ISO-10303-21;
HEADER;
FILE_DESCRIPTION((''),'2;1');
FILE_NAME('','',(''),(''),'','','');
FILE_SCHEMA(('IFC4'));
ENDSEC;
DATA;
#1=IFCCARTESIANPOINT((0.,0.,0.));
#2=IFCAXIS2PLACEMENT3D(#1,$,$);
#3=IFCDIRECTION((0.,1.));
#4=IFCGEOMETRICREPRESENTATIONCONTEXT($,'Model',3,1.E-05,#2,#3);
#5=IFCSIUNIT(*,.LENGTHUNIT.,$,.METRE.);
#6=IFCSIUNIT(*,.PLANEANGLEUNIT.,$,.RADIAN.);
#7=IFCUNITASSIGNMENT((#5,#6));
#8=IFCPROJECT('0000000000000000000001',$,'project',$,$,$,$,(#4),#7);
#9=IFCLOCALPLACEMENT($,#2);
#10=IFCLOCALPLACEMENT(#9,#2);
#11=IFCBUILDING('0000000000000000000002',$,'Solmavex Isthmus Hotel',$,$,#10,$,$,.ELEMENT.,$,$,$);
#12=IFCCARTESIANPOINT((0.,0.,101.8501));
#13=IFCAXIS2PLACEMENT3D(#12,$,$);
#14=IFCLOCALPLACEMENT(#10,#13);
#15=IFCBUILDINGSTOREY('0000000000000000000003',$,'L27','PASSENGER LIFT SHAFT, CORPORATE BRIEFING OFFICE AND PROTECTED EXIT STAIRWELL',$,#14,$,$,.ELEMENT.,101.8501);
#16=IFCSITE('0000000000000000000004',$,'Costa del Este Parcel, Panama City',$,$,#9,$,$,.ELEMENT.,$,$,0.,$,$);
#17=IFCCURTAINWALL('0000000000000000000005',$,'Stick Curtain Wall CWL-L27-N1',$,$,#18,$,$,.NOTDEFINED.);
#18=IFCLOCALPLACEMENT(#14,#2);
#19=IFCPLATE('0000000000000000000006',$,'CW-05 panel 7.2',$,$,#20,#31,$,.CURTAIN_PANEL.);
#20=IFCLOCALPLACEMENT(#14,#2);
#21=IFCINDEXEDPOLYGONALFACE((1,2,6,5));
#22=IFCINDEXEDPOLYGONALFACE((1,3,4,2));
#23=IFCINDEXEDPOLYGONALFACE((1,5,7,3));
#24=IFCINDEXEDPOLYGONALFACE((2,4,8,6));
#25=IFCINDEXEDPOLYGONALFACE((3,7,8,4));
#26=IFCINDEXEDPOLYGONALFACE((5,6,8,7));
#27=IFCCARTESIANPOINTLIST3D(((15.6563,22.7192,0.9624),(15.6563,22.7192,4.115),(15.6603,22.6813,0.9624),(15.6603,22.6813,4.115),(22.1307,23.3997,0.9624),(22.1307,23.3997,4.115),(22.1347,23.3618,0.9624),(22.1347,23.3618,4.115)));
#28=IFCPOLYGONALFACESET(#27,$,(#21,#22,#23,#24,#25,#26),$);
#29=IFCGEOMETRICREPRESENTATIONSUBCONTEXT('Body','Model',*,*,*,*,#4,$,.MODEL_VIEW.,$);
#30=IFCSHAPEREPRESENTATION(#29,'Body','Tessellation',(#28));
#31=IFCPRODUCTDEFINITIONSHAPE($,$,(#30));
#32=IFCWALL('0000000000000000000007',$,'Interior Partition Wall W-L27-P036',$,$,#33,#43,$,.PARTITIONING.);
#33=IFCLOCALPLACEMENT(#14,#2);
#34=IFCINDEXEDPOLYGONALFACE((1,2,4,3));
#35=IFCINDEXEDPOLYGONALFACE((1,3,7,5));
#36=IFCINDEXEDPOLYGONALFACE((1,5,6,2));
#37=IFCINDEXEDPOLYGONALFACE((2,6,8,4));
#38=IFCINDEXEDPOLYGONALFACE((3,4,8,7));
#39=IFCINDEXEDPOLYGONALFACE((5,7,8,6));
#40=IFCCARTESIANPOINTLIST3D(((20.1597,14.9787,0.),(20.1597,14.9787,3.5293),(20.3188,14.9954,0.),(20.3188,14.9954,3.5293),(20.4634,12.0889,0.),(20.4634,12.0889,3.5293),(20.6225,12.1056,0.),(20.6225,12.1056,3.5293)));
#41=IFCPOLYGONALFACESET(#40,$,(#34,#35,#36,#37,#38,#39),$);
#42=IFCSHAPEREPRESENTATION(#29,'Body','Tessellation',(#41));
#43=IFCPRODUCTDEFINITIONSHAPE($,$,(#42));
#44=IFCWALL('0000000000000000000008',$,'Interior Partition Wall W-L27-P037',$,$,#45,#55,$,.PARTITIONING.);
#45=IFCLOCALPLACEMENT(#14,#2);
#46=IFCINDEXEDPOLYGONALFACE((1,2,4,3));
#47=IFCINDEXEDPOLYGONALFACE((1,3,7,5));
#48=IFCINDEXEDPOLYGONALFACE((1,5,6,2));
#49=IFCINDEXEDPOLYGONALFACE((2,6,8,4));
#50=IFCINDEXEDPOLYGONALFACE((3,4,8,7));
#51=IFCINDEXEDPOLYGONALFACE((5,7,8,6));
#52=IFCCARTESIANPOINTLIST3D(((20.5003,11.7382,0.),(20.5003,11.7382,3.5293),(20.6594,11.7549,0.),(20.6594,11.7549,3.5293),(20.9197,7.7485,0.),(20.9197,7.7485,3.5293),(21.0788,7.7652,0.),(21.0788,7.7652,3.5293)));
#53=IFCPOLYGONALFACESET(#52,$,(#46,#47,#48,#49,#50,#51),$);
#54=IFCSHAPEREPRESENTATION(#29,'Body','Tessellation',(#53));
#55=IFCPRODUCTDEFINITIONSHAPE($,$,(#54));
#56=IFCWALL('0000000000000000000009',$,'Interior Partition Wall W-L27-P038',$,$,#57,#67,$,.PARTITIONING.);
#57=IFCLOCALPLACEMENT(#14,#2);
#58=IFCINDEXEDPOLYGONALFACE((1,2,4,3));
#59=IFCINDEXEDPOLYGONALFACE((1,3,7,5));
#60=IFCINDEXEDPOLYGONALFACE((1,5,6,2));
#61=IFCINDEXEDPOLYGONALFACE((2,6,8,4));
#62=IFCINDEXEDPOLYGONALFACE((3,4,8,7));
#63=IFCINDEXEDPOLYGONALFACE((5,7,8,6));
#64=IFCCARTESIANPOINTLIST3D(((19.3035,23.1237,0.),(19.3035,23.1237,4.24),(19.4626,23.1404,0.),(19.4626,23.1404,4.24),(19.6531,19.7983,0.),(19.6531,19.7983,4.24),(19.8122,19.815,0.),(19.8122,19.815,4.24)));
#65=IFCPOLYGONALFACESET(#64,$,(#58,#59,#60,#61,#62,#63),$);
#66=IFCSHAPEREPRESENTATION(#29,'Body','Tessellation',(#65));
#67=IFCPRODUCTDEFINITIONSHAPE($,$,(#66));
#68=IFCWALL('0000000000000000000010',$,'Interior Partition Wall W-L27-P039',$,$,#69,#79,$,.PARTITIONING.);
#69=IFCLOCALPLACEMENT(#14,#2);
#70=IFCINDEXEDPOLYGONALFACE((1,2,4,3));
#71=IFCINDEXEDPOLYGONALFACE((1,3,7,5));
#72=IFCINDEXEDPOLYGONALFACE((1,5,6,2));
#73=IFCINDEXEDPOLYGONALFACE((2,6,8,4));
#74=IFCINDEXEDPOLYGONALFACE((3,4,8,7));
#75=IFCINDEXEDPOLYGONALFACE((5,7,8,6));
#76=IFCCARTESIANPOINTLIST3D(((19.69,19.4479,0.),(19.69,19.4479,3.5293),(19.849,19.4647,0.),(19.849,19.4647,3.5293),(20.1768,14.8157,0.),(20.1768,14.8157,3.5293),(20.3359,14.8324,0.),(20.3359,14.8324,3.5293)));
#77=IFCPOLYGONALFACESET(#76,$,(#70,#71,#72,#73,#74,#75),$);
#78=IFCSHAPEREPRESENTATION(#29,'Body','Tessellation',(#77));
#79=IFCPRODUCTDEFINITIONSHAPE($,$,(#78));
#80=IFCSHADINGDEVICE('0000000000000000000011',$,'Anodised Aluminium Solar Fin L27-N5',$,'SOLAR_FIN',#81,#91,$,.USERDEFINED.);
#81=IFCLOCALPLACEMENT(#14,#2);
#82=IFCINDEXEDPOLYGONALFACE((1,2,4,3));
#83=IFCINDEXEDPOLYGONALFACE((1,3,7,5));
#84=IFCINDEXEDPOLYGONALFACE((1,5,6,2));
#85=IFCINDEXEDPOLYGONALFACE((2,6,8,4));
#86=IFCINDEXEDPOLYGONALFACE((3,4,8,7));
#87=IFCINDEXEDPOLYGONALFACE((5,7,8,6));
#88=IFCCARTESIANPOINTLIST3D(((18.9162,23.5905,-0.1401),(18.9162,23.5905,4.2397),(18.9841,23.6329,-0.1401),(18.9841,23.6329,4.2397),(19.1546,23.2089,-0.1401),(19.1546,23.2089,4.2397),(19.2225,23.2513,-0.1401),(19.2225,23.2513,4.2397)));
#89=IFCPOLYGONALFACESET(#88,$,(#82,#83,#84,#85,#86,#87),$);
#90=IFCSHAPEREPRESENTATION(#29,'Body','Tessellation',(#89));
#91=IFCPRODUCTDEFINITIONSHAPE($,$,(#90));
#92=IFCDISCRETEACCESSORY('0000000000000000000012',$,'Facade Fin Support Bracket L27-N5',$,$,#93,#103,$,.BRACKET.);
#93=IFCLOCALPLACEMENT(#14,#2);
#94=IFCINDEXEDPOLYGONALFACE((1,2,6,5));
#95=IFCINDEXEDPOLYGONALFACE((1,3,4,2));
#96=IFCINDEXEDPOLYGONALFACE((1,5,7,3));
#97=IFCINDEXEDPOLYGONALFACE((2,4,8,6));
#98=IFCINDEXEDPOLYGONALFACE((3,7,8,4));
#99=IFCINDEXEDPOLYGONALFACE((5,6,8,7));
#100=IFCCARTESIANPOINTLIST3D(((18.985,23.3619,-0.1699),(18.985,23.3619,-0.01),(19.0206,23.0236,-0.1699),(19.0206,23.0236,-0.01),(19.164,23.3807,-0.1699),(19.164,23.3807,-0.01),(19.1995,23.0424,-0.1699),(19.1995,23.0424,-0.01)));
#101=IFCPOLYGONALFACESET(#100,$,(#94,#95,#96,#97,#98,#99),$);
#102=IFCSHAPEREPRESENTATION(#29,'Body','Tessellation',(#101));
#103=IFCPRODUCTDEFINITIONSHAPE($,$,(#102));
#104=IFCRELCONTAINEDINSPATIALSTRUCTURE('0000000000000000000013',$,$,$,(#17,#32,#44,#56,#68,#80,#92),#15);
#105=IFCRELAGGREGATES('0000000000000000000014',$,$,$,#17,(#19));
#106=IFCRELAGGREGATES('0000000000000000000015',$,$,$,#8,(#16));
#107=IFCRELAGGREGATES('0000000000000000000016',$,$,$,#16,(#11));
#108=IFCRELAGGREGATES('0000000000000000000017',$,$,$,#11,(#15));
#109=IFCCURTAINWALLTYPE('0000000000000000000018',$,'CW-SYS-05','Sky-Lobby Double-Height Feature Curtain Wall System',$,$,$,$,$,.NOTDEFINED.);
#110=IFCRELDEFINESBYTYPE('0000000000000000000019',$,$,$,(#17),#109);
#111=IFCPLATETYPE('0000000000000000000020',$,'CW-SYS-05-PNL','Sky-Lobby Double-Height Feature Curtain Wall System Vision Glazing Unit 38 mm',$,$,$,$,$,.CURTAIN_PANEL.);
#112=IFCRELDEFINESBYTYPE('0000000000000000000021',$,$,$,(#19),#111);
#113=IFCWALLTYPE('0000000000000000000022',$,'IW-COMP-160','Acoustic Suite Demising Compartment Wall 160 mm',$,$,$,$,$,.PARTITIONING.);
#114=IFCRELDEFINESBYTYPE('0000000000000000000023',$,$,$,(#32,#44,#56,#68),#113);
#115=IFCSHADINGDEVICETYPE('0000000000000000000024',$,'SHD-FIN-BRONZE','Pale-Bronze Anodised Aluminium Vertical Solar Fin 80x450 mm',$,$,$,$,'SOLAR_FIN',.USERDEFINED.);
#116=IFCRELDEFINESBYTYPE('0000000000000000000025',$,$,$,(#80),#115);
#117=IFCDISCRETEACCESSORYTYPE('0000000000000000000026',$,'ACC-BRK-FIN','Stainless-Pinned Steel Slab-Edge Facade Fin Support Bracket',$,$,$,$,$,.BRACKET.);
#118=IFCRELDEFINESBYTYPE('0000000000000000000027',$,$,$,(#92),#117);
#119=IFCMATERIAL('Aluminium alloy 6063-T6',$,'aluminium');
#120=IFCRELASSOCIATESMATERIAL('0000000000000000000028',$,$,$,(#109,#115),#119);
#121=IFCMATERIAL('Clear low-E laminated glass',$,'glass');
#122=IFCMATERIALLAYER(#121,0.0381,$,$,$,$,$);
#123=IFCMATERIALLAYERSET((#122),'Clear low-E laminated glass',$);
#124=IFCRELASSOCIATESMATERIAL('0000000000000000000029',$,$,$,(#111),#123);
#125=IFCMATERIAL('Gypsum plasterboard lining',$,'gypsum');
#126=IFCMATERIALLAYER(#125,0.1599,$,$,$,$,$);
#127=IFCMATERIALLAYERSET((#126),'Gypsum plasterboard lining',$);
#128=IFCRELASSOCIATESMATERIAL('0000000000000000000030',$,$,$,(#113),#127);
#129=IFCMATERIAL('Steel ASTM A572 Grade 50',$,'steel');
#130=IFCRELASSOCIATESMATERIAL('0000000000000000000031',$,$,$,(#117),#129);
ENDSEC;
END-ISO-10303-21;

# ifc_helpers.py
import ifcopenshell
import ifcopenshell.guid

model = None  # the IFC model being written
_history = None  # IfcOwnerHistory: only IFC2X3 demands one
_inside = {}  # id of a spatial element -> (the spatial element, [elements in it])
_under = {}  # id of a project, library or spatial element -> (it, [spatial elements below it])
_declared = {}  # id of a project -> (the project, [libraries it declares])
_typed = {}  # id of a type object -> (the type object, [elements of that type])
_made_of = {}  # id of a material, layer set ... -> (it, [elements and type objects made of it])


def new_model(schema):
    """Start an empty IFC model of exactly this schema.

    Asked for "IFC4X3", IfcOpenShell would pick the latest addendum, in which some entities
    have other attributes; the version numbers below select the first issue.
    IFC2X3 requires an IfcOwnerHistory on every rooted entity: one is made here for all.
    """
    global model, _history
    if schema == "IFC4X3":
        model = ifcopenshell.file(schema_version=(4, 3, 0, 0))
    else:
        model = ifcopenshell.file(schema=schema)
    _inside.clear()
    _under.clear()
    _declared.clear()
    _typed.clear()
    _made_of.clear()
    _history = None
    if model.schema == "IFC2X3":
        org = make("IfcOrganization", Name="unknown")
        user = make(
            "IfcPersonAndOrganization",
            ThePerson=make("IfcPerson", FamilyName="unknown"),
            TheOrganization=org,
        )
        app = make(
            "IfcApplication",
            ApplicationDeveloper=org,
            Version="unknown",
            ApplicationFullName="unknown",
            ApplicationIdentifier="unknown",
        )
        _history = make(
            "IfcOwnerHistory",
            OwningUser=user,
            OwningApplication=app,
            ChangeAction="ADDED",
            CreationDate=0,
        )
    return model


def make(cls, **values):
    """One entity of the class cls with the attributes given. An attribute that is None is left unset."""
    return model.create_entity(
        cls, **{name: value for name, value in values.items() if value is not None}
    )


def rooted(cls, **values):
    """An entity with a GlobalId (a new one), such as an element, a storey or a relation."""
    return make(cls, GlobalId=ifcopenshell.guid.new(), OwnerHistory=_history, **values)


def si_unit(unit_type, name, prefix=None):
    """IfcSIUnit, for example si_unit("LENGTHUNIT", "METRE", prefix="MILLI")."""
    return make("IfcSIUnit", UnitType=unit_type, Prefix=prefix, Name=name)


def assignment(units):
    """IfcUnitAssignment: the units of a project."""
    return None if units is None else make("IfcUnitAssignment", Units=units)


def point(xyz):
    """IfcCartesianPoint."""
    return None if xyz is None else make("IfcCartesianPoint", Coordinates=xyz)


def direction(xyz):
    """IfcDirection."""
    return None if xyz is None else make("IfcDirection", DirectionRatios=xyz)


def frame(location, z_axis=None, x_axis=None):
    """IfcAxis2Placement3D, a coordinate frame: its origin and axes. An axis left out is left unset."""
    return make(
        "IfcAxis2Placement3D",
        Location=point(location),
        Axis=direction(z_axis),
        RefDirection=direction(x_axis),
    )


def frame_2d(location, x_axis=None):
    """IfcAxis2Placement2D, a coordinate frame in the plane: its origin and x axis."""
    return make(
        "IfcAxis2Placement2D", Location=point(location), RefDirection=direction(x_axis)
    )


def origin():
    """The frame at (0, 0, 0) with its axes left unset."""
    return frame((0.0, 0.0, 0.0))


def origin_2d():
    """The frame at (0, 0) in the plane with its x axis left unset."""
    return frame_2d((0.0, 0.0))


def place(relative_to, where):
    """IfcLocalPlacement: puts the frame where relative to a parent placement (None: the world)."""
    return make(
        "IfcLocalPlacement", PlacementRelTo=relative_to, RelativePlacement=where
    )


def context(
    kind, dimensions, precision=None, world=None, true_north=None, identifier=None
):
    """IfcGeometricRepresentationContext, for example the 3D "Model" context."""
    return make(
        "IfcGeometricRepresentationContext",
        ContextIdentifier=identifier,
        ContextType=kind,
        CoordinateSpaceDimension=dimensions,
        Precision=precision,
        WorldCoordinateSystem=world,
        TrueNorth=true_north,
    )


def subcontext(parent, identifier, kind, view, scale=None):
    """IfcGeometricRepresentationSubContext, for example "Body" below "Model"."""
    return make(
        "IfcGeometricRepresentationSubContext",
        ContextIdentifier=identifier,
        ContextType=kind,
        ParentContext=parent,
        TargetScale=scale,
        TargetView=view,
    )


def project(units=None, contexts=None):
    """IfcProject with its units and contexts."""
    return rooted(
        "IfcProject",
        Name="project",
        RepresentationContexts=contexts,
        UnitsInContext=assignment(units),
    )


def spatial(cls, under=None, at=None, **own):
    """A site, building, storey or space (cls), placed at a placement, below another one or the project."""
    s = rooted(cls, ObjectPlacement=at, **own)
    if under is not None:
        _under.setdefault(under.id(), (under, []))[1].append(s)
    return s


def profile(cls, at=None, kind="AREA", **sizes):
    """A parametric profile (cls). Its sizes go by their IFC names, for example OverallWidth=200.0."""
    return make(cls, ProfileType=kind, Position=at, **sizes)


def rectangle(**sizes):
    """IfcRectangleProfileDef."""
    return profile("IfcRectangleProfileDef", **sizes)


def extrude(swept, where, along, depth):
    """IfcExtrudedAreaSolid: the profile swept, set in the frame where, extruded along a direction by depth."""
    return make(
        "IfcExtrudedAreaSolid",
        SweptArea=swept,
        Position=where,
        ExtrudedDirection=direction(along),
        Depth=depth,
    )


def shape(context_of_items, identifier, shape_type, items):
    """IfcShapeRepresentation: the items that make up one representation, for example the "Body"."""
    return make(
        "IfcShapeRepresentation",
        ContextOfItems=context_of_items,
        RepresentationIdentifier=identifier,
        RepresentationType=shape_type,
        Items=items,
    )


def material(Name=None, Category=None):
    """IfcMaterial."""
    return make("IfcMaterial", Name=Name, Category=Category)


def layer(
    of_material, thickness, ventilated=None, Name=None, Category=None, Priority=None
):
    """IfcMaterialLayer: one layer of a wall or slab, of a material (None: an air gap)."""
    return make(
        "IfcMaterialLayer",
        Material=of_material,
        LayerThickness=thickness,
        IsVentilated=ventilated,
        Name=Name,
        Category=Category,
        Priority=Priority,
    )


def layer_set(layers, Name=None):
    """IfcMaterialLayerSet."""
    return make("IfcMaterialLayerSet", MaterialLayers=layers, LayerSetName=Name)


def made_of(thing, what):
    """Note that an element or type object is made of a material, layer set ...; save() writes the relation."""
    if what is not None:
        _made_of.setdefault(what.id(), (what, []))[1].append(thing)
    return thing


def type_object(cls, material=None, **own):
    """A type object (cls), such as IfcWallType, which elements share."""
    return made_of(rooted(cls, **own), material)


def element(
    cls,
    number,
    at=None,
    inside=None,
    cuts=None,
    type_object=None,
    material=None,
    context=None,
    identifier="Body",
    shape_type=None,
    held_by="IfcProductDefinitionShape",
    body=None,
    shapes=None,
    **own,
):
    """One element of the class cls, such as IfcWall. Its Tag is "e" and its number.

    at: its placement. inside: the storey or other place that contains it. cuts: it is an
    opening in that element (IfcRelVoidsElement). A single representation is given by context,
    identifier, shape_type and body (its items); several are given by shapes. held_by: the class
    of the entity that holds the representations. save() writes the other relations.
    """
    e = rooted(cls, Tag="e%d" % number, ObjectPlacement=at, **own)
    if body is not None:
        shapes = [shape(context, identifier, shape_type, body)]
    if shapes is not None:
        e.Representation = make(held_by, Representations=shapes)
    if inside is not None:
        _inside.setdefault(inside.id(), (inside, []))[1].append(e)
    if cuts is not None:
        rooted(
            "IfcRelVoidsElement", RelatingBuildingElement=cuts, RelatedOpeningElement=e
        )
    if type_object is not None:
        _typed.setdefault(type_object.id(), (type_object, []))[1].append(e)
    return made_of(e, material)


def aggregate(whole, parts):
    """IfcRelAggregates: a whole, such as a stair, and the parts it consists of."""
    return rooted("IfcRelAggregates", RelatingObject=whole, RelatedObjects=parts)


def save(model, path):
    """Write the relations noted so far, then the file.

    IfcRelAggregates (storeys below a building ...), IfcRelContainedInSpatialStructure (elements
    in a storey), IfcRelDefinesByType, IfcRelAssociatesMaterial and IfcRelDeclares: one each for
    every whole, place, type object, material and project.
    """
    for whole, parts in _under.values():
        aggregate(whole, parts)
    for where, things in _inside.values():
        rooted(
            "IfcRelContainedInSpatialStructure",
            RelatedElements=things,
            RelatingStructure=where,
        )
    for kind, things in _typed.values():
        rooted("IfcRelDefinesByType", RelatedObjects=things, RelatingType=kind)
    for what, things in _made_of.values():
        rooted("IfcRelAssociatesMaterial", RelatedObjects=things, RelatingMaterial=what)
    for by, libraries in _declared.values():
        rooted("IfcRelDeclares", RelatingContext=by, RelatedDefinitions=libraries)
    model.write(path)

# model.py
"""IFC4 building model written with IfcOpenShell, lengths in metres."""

from ifc_helpers import new_model, si_unit, direction, frame, frame_2d, origin, origin_2d, place, context, subcontext, project, spatial, rectangle, extrude, material, layer, layer_set, type_object, element, aggregate, save


model = new_model("IFC4")

# Units and contexts
model_context = context("Model", 3, precision=1e-05, world=origin(), true_north=direction((0.0, 1.0)))
body_context = subcontext(model_context, "Body", "Model", "MODEL_VIEW")
ifc_project = project(units=[si_unit("LENGTHUNIT", "METRE"), si_unit("PLANEANGLEUNIT", "RADIAN")], contexts=[model_context])

# Site, building, storey
site_placement = place(None, origin())
site = spatial("IfcSite", under=ifc_project, at=site_placement, Name="Costa del Este Parcel, Panama City", CompositionType="ELEMENT", RefElevation=0.0)
building_placement = place(site_placement, origin())
building = spatial("IfcBuilding", under=site, at=building_placement, Name="Solmavex Isthmus Hotel", CompositionType="ELEMENT")
storey_placement = place(building_placement, frame((0.0, 0.0, 101.8501)))
storey = spatial("IfcBuildingStorey", under=building, at=storey_placement, Name="L27", Description="PASSENGER LIFT SHAFT, CORPORATE BRIEFING OFFICE AND PROTECTED EXIT STAIRWELL", CompositionType="ELEMENT", Elevation=101.8501)

# Curtain wall, plate
ifc_material_1 = material(Name="Aluminium alloy 6063-T6", Category="aluminium")
curtain_wall_type = type_object("IfcCurtainWallType", Name="CW-SYS-05", Description="Sky-Lobby Double-Height Feature Curtain Wall System", PredefinedType="NOTDEFINED", material=ifc_material_1)
curtain_wall_placement = place(storey_placement, origin())
curtain_wall = element("IfcCurtainWall", 1, at=curtain_wall_placement, inside=storey, type_object=curtain_wall_type, Name="Stick Curtain Wall CWL-L27-N1", PredefinedType="NOTDEFINED")
ifc_material_2 = material(Name="Clear low-E laminated glass", Category="glass")
ifc_layer_1 = layer(ifc_material_2, 0.0381)
ifc_layer_set_1 = layer_set([ifc_layer_1], Name="Clear low-E laminated glass")
plate_type = type_object("IfcPlateType", Name="CW-SYS-05-PNL", Description="Sky-Lobby Double-Height Feature Curtain Wall System Vision Glazing Unit 38 mm", PredefinedType="CURTAIN_PANEL", material=ifc_layer_set_1)
plate_1_placement = place(storey_placement, frame((18.8955, 23.0405, 0.9624), z_axis=(0.0, 0.0, 1.0), x_axis=(0.994522, 0.104528, 0.0)))
plate_1 = element("IfcPlate", 2, at=plate_1_placement, type_object=plate_type, Name="CW-05 panel 7.2", PredefinedType="CURTAIN_PANEL", context=body_context, shape_type="SweptSolid", body=[
    extrude(rectangle(XDim=6.51, YDim=0.0381, at=origin_2d()), origin(), (0.0, 0.0, 1.0), 3.1526),
])
aggregate(curtain_wall, [plate_1])

# Walls
ifc_material_3 = material(Name="Gypsum plasterboard lining", Category="gypsum")
ifc_layer_2 = layer(ifc_material_3, 0.1599)
ifc_layer_set_2 = layer_set([ifc_layer_2], Name="Gypsum plasterboard lining")
wall_type_1 = type_object("IfcWallType", Name="IW-COMP-160", Description="Acoustic Suite Demising Compartment Wall 160 mm", PredefinedType="PARTITIONING", material=ifc_layer_set_2)
wall_1_placement = place(storey_placement, frame((20.2393, 14.9871, 0.0), z_axis=(0.0, 0.0, 1.0), x_axis=(0.104519, -0.994523, 0.0)))
element("IfcWall", 3, at=wall_1_placement, inside=storey, type_object=wall_type_1, Name="Interior Partition Wall W-L27-P036", PredefinedType="PARTITIONING", context=body_context, shape_type="SweptSolid", body=[
    extrude(rectangle(XDim=2.9058, YDim=0.1599, at=frame_2d((1.4529, 0.0))), origin(), (0.0, 0.0, 1.0), 3.5293),
])
wall_2_placement = place(storey_placement, frame((20.5798, 11.7466, 0.0), z_axis=(0.0, 0.0, 1.0), x_axis=(0.104552, -0.994519, 0.0)))
element("IfcWall", 4, at=wall_2_placement, inside=storey, type_object=wall_type_1, Name="Interior Partition Wall W-L27-P037", PredefinedType="PARTITIONING", context=body_context, shape_type="SweptSolid", body=[
    extrude(rectangle(XDim=4.0117, YDim=0.1599, at=frame_2d((2.0059, 0.0))), origin(), (0.0, 0.0, 1.0), 3.5293),
])
wall_3_placement = place(storey_placement, frame((19.3831, 23.1321, 0.0), z_axis=(0.0, 0.0, 1.0), x_axis=(0.104556, -0.994519, 0.0)))
element("IfcWall", 5, at=wall_3_placement, inside=storey, type_object=wall_type_1, Name="Interior Partition Wall W-L27-P038", PredefinedType="PARTITIONING", context=body_context, shape_type="SweptSolid", body=[
    extrude(rectangle(XDim=3.3438, YDim=0.1599, at=frame_2d((1.6719, 0.0))), origin(), (0.0, 0.0, 1.0), 4.24),
])
wall_4_placement = place(storey_placement, frame((19.7695, 19.4563, 0.0), z_axis=(0.0, 0.0, 1.0), x_axis=(0.104516, -0.994523, 0.0)))
element("IfcWall", 6, at=wall_4_placement, inside=storey, type_object=wall_type_1, Name="Interior Partition Wall W-L27-P039", PredefinedType="PARTITIONING", context=body_context, shape_type="SweptSolid", body=[
    extrude(rectangle(XDim=4.6577, YDim=0.1599, at=frame_2d((2.3289, 0.0))), origin(), (0.0, 0.0, 1.0), 3.5293),
])

# Shading device
shading_device_type = type_object("IfcShadingDeviceType", Name="SHD-FIN-BRONZE", Description="Pale-Bronze Anodised Aluminium Vertical Solar Fin 80x450 mm", ElementType="SOLAR_FIN", PredefinedType="USERDEFINED", material=ifc_material_1)
shading_device_placement = place(storey_placement, frame((19.0693, 23.4209, -0.1401), z_axis=(0.0, 0.0, 1.0), x_axis=(-0.529919, 0.848048, 0.0)))
element("IfcShadingDevice", 7, at=shading_device_placement, inside=storey, type_object=shading_device_type, Name="Anodised Aluminium Solar Fin L27-N5", ObjectType="SOLAR_FIN", PredefinedType="USERDEFINED", context=body_context, shape_type="SweptSolid", body=[
    extrude(rectangle(XDim=0.45, YDim=0.0801, at=origin_2d()), origin(), (0.0, 0.0, 1.0), 4.3799),
])

# Discrete accessory
ifc_material_4 = material(Name="Steel ASTM A572 Grade 50", Category="steel")
discrete_accessory_type = type_object("IfcDiscreteAccessoryType", Name="ACC-BRK-FIN", Description="Stainless-Pinned Steel Slab-Edge Facade Fin Support Bracket", PredefinedType="BRACKET", material=ifc_material_4)
discrete_accessory_placement = place(storey_placement, frame((19.0923, 23.2021, -0.1699), z_axis=(0.0, 0.0, 1.0), x_axis=(-0.104528, 0.994522, 0.0)))
element("IfcDiscreteAccessory", 8, at=discrete_accessory_placement, inside=storey, type_object=discrete_accessory_type, Name="Facade Fin Support Bracket L27-N5", PredefinedType="BRACKET", context=body_context, shape_type="SweptSolid", body=[
    extrude(rectangle(XDim=0.3401, YDim=0.1799, at=origin_2d()), origin(), (0.0, 0.0, 1.0), 0.1599),
])

save(model, "model.ifc")
